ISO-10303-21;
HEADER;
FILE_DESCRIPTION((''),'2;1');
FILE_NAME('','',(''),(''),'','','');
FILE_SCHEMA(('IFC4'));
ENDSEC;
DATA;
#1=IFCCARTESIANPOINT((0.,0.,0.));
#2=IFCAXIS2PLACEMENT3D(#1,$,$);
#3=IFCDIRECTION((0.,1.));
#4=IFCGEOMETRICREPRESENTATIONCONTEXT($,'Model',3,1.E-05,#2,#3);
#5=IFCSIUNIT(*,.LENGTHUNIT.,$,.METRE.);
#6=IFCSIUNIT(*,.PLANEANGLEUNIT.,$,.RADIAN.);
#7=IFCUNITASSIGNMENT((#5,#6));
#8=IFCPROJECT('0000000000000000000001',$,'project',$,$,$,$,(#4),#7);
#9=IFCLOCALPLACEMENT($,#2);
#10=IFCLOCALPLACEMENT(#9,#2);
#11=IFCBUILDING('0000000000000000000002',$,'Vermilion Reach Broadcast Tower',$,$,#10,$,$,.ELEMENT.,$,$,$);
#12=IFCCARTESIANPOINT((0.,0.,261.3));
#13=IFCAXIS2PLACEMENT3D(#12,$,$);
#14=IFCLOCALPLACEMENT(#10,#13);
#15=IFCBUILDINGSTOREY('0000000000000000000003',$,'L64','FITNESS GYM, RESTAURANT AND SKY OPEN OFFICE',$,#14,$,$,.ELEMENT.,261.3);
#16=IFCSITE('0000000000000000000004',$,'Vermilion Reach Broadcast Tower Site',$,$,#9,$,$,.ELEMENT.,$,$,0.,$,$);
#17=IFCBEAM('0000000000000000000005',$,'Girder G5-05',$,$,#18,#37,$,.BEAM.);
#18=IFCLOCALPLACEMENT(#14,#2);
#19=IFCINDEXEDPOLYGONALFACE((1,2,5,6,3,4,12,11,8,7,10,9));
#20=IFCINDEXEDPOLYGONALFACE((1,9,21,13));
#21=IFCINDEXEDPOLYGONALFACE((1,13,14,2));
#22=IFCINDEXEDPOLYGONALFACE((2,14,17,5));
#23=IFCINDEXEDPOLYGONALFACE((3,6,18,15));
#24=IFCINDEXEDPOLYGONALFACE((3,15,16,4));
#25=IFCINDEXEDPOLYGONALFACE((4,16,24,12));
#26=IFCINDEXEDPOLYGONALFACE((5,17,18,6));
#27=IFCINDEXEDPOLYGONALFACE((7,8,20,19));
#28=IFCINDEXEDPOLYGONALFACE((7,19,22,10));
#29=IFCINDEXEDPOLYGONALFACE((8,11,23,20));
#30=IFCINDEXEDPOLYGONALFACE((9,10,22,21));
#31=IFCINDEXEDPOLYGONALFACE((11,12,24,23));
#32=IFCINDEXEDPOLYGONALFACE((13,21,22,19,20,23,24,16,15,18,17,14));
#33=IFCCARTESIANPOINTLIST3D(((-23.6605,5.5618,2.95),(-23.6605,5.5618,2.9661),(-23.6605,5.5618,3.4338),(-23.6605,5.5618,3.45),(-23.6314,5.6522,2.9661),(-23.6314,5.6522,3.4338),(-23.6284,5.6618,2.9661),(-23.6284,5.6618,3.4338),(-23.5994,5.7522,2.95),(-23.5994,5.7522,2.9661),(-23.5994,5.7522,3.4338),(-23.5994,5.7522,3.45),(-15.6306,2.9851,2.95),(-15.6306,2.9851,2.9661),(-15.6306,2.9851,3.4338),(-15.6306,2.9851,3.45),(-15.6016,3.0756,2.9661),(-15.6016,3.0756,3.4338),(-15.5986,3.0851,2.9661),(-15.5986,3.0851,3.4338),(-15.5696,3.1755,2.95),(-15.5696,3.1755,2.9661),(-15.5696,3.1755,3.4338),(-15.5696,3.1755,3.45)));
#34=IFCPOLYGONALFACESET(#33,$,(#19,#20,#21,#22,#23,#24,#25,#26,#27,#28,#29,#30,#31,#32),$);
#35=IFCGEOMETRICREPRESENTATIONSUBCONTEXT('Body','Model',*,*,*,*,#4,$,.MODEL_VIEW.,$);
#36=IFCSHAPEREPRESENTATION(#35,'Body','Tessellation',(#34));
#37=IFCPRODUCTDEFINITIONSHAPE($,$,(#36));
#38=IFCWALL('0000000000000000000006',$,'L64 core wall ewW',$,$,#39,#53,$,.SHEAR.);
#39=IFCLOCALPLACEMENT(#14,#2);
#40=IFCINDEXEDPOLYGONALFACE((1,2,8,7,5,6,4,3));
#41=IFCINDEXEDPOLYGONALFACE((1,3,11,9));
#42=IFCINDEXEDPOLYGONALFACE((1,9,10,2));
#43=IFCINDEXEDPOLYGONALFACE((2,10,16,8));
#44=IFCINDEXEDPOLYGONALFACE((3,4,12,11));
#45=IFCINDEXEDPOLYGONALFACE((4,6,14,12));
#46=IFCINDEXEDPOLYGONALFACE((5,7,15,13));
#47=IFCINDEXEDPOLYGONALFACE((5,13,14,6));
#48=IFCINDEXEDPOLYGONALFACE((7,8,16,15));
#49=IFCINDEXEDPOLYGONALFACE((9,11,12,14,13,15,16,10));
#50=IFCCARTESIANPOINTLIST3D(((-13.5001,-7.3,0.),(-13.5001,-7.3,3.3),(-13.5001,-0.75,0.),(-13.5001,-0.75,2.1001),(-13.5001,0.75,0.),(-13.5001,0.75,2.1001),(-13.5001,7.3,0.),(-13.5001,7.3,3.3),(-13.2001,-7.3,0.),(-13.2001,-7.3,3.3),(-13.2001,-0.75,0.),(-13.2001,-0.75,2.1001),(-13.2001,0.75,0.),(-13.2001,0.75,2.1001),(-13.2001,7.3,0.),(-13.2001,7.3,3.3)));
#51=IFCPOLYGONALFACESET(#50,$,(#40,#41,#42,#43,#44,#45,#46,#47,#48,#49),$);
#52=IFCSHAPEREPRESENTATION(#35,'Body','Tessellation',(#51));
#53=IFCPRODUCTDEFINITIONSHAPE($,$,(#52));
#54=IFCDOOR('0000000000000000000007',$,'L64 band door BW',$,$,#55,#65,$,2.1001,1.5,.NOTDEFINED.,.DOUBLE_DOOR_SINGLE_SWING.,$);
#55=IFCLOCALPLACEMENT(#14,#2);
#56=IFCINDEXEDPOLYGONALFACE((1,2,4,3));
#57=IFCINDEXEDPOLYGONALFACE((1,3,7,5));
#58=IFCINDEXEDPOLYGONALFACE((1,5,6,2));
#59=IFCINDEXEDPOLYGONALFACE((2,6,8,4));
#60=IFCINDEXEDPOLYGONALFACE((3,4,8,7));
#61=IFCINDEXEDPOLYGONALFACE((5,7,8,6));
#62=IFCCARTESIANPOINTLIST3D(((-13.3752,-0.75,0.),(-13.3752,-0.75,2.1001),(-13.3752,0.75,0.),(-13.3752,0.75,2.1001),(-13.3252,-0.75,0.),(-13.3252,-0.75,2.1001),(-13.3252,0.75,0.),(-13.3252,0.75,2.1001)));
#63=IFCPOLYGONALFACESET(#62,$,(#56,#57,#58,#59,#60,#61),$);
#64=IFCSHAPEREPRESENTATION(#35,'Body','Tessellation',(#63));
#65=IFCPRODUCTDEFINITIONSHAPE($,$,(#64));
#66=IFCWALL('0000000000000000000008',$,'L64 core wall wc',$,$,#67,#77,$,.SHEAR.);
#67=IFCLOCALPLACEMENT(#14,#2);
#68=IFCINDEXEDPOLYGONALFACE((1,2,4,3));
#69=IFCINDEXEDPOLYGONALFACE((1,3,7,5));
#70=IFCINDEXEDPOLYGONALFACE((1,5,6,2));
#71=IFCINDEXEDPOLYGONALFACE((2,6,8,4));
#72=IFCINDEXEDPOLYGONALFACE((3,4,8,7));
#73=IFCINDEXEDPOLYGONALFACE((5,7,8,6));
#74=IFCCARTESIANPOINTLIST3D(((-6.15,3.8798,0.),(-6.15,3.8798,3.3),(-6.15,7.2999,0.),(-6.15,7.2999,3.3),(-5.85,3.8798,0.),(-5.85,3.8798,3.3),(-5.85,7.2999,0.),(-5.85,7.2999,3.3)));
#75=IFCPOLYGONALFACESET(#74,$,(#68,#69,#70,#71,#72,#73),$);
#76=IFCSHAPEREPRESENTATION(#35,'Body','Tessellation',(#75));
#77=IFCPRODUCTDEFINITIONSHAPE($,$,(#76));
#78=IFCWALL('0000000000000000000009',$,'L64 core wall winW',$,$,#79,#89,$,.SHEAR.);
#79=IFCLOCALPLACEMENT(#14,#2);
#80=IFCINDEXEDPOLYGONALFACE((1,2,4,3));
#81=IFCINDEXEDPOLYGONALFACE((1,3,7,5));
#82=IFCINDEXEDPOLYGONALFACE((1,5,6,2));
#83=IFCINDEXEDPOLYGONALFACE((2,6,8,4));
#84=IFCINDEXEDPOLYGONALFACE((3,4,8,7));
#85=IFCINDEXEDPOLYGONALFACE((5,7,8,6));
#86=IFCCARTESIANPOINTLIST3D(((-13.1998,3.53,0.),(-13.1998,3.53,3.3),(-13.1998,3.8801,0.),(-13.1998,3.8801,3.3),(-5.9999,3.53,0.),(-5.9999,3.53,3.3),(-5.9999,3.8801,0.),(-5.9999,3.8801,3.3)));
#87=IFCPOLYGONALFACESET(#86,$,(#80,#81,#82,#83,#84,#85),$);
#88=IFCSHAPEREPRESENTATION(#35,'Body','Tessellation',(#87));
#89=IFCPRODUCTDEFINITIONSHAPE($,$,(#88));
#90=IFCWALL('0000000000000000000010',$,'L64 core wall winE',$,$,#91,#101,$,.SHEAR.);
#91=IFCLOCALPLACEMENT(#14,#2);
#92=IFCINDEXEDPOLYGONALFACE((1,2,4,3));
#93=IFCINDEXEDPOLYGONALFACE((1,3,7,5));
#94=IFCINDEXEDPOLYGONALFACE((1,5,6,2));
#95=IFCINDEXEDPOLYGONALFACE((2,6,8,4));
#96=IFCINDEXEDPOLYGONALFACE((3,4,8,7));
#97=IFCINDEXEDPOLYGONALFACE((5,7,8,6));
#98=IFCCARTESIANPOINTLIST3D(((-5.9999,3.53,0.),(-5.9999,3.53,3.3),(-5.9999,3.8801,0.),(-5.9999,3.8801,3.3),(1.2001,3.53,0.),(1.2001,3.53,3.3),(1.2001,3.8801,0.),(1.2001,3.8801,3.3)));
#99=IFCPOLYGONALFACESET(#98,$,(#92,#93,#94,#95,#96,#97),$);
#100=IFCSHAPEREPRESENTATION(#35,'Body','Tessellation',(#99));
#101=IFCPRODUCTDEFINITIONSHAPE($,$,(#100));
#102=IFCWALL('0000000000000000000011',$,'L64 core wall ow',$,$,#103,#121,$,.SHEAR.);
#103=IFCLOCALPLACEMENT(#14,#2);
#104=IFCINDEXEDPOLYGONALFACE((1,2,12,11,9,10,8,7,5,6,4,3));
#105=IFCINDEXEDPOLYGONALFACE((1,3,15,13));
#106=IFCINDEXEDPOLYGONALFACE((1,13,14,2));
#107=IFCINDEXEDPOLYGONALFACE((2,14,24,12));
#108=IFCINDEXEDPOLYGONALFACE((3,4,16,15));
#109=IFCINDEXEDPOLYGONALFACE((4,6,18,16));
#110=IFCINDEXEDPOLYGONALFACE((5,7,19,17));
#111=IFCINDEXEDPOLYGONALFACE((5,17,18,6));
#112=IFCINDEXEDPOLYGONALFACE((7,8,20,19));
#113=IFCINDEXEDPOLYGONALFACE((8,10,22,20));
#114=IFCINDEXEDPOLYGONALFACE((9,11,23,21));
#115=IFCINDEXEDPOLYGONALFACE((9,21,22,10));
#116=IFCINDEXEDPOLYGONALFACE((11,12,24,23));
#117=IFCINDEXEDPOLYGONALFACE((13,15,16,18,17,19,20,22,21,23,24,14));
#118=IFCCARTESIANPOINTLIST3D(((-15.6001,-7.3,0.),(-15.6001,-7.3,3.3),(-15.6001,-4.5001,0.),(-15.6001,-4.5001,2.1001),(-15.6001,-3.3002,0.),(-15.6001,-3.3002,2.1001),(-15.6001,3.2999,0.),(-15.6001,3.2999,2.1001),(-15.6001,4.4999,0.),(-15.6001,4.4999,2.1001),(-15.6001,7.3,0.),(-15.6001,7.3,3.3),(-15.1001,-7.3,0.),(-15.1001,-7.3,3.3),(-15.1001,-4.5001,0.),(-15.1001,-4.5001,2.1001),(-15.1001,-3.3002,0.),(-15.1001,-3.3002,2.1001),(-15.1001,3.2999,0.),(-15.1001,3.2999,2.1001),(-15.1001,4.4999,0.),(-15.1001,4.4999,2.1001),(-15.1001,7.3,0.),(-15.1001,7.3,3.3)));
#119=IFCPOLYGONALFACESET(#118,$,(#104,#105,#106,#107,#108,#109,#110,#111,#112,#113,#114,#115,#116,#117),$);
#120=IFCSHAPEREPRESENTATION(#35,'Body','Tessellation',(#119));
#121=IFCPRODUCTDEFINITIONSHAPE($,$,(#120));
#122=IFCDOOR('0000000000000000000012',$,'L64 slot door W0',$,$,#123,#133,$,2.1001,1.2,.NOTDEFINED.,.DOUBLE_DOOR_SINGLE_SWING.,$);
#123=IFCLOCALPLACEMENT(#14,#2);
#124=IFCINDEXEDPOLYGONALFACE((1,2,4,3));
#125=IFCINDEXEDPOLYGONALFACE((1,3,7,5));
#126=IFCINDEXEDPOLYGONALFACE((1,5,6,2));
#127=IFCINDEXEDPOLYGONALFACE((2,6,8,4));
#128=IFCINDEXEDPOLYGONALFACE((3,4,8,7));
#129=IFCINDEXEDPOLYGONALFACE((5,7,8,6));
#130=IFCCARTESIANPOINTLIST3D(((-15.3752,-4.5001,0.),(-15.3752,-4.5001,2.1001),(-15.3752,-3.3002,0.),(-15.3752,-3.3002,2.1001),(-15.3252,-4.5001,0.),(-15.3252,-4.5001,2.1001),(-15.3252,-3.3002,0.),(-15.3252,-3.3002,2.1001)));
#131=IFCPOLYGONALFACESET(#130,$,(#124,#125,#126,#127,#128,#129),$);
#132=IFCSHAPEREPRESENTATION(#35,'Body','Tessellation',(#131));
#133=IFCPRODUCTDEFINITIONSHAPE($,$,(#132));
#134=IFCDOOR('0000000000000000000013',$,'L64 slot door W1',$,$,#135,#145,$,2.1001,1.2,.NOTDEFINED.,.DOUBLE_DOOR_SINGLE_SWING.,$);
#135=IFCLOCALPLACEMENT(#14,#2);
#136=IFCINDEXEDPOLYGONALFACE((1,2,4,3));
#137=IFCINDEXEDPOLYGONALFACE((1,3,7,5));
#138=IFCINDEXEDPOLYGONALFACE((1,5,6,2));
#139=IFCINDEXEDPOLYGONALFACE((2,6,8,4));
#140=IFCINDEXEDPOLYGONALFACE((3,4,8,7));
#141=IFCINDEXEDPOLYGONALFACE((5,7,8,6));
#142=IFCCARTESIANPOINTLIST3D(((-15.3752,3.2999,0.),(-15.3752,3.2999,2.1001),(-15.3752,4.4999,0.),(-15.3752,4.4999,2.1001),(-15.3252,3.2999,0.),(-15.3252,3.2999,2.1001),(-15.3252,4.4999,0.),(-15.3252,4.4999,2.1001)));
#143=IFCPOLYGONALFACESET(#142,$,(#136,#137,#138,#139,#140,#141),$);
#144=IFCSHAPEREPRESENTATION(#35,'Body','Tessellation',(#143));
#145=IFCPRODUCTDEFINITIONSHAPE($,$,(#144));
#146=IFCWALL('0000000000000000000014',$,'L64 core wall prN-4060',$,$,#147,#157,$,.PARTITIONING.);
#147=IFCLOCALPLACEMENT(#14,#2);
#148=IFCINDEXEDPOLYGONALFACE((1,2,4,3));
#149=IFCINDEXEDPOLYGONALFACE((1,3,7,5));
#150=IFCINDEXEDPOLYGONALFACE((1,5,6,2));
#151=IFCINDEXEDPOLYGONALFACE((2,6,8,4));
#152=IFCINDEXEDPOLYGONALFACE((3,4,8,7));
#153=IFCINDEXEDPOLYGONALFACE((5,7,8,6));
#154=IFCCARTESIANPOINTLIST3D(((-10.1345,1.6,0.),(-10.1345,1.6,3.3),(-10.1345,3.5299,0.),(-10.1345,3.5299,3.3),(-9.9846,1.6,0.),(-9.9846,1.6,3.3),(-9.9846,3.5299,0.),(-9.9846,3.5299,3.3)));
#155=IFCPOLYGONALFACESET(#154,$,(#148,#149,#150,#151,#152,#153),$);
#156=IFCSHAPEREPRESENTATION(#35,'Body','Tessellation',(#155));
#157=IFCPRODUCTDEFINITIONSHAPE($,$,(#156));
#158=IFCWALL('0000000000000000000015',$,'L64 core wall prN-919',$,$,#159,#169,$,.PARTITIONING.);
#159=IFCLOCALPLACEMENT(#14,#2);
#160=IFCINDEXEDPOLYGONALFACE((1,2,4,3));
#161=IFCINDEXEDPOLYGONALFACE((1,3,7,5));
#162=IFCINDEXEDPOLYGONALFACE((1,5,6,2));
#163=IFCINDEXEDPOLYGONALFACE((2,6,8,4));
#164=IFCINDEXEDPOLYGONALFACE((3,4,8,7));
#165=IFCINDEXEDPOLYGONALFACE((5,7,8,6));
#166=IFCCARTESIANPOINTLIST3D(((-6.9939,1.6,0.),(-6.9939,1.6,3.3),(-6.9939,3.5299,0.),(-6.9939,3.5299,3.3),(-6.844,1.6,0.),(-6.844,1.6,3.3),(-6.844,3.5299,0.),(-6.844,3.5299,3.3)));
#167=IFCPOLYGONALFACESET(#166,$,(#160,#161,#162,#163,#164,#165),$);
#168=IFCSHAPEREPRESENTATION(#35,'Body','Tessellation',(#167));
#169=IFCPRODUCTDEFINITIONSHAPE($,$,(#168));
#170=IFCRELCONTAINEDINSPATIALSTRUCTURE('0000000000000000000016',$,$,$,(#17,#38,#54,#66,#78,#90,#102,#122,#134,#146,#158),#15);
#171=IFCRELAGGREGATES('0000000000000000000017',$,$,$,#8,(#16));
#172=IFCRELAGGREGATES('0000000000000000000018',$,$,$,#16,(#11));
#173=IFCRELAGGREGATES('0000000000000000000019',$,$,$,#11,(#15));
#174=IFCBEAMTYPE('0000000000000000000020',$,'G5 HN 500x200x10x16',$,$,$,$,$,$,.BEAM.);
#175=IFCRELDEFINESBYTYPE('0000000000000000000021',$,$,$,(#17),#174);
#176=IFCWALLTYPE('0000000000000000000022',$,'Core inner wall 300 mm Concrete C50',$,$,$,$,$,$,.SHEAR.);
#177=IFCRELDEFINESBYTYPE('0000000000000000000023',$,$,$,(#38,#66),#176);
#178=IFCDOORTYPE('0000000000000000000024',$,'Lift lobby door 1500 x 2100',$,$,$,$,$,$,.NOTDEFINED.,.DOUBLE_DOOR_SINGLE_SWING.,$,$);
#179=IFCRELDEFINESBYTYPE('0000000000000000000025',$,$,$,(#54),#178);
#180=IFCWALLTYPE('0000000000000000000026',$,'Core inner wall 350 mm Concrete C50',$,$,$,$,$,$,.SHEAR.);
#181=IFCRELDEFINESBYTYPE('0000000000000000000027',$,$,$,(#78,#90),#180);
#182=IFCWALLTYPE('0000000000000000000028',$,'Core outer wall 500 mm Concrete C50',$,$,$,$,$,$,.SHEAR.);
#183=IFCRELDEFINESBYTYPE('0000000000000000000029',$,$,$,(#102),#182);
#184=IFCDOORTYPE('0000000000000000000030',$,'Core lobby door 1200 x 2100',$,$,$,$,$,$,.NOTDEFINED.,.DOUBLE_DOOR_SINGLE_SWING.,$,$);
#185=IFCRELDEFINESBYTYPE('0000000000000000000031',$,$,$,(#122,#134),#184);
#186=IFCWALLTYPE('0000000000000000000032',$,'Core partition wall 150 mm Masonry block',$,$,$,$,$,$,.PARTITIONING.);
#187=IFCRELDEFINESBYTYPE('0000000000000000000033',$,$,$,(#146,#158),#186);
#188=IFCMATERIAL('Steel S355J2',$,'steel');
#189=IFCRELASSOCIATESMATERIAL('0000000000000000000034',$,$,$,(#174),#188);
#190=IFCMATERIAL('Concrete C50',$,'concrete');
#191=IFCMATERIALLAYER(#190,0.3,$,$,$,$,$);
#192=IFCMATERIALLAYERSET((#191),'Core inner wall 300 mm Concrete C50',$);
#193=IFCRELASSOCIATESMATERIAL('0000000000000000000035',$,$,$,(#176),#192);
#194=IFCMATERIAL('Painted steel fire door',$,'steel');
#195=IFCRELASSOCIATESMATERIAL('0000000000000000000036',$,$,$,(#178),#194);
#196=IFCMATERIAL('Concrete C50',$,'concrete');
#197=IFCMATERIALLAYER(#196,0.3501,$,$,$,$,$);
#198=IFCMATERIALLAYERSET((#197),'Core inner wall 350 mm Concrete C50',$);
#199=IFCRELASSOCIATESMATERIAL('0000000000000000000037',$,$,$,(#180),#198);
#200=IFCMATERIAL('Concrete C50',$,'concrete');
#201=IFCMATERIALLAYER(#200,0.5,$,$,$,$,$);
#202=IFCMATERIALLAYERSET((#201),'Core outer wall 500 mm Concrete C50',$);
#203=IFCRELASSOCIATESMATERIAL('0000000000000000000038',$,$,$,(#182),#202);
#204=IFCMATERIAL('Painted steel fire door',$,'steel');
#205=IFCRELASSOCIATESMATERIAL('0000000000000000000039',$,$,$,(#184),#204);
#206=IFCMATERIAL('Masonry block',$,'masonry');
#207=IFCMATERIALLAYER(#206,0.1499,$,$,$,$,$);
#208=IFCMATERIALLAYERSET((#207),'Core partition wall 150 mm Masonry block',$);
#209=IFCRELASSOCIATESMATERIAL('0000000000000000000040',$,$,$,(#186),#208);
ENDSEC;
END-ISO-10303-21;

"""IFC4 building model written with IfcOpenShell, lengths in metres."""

from ifc_helpers import new_model, si_unit, direction, frame, frame_2d, origin, origin_2d, place, context, subcontext, project, spatial, rectangle, i_section, extrude, material, layer, layer_set, material_profile, profile_set, type_object, element, fill, save


model = new_model("IFC4")

# Units and contexts
model_context = context("Model", 3, precision=1e-05, world=origin(), true_north=direction((0.0, 1.0)))
body_context = subcontext(model_context, "Body", "Model", "MODEL_VIEW")
ifc_project = project(units=[si_unit("LENGTHUNIT", "METRE"), si_unit("PLANEANGLEUNIT", "RADIAN")], contexts=[model_context])

# Site, building, storey
site_placement = place(None, origin())
site = spatial("IfcSite", under=ifc_project, at=site_placement, Name="Vermilion Reach Broadcast Tower Site", CompositionType="ELEMENT", RefElevation=0.0)
building_placement = place(site_placement, origin())
building = spatial("IfcBuilding", under=site, at=building_placement, Name="Vermilion Reach Broadcast Tower", CompositionType="ELEMENT")
storey_placement = place(building_placement, frame((0.0, 0.0, 261.3)))
storey = spatial("IfcBuildingStorey", under=building, at=storey_placement, Name="L64", Description="FITNESS GYM, RESTAURANT AND SKY OPEN OFFICE", CompositionType="ELEMENT", Elevation=261.3)

# Beam
ifc_material_1 = material(Name="Steel S355J2", Category="steel")
ifc_material_profile = material_profile(ifc_material_1, i_section(OverallWidth=0.2, OverallDepth=0.5, WebThickness=0.01, FlangeThickness=0.0161, at=origin_2d()), Name="S355J2 HN 500x200x10x16")
ifc_profile_set = profile_set([ifc_material_profile], Name="Steel S355J2")
beam_type = type_object("IfcBeamType", Name="G5 HN 500x200x10x16", PredefinedType="BEAM", material=ifc_profile_set)
beam_placement = place(storey_placement, frame((-15.6001, 3.0803, 3.2), z_axis=(-0.952178, 0.305542, 0.0), x_axis=(-0.305542, -0.952178, 0.0)))
element("IfcBeam", 1, at=beam_placement, inside=storey, type_object=beam_type, Name="Girder G5-05", PredefinedType="BEAM", context=body_context, shape_type="SweptSolid", body=[
    extrude(i_section(OverallWidth=0.2, OverallDepth=0.5, WebThickness=0.01, FlangeThickness=0.0161, at=origin_2d()), origin(), (0.0, 0.0, 1.0), 8.4331),
])

# Wall, opening, door
ifc_material_2 = material(Name="Concrete C50", Category="concrete")
ifc_layer_1 = layer(ifc_material_2, 0.3)
ifc_layer_set_1 = layer_set([ifc_layer_1], Name="Core inner wall 300 mm Concrete C50")
wall_type_1 = type_object("IfcWallType", Name="Core inner wall 300 mm Concrete C50", PredefinedType="SHEAR", material=ifc_layer_set_1)
wall_1_placement = place(storey_placement, frame((-13.3501, 7.3, 0.0), z_axis=(0.0, 0.0, 1.0), x_axis=(0.0, -1.0, 0.0)))
wall_1 = element("IfcWall", 2, at=wall_1_placement, inside=storey, type_object=wall_type_1, Name="L64 core wall ewW", PredefinedType="SHEAR", context=body_context, shape_type="SweptSolid", body=[
    extrude(rectangle(XDim=14.6001, YDim=0.3, at=frame_2d((7.3, 0.0))), origin(), (0.0, 0.0, 1.0), 3.3),
])
opening_1_placement = place(wall_1_placement, frame((6.55, 0.0, 0.0)))
opening_1 = element("IfcOpeningElement", 3, at=opening_1_placement, cuts=wall_1, PredefinedType="OPENING", context=body_context, shape_type="SweptSolid", body=[
    extrude(rectangle(XDim=1.5, YDim=2.1001, at=frame_2d((0.75, 1.05))), frame((0.0, 0.1599, 0.0), z_axis=(0.0, -1.0, 0.0), x_axis=(1.0, 0.0, 0.0)), (0.0, 0.0, 1.0), 0.3201),
])
ifc_material_3 = material(Name="Painted steel fire door", Category="steel")
door_type_1 = type_object("IfcDoorType", Name="Lift lobby door 1500 x 2100", OperationType="DOUBLE_DOOR_SINGLE_SWING", PredefinedType="NOTDEFINED", material=ifc_material_3)
door_1_placement = place(opening_1_placement, origin())
door_1 = element("IfcDoor", 4, at=door_1_placement, inside=storey, type_object=door_type_1, Name="L64 band door BW", OperationType="DOUBLE_DOOR_SINGLE_SWING", OverallHeight=2.1001, OverallWidth=1.5, PredefinedType="NOTDEFINED", context=body_context, shape_type="SweptSolid", body=[
    extrude(rectangle(XDim=1.5, YDim=2.1001, at=frame_2d((0.75, 1.05))), frame((0.0, 0.0249, 0.0), z_axis=(0.0, -1.0, 0.0), x_axis=(1.0, 0.0, 0.0)), (0.0, 0.0, 1.0), 0.05),
])
fill(opening_1, door_1)

# Walls
wall_2_placement = place(storey_placement, frame((-6.0, 3.8799, 0.0), z_axis=(0.0, 0.0, 1.0), x_axis=(0.0, 1.0, 0.0)))
element("IfcWall", 5, at=wall_2_placement, inside=storey, type_object=wall_type_1, Name="L64 core wall wc", PredefinedType="SHEAR", context=body_context, shape_type="SweptSolid", body=[
    extrude(rectangle(XDim=3.4202, YDim=0.3, at=frame_2d((1.71, 0.0))), origin(), (0.0, 0.0, 1.0), 3.3),
])
ifc_material_4 = material(Name="Concrete C50", Category="concrete")
ifc_layer_2 = layer(ifc_material_4, 0.3501)
ifc_layer_set_2 = layer_set([ifc_layer_2], Name="Core inner wall 350 mm Concrete C50")
wall_type_2 = type_object("IfcWallType", Name="Core inner wall 350 mm Concrete C50", PredefinedType="SHEAR", material=ifc_layer_set_2)
for number, where, z_axis, x_axis, name in (
    (6, (-13.2, 3.7051, 0.0), (0.0, 0.0, 1.0), (1.0, 0.0, 0.0), "L64 core wall winW"),
    (7, (-6.0, 3.7051, 0.0), (0.0, 0.0, 1.0), (1.0, 0.0, 0.0), "L64 core wall winE"),
):
    element("IfcWall", number, at=place(storey_placement, frame(where, z_axis=z_axis, x_axis=x_axis)), inside=storey, type_object=wall_type_2, Name=name, PredefinedType="SHEAR", context=body_context, shape_type="SweptSolid", body=[
        extrude(rectangle(XDim=7.2, YDim=0.3501, at=frame_2d((3.6001, 0.0))), origin(), (0.0, 0.0, 1.0), 3.3),
    ])

# Wall, openings, doors
ifc_material_5 = material(Name="Concrete C50", Category="concrete")
ifc_layer_3 = layer(ifc_material_5, 0.5)
ifc_layer_set_3 = layer_set([ifc_layer_3], Name="Core outer wall 500 mm Concrete C50")
wall_type_3 = type_object("IfcWallType", Name="Core outer wall 500 mm Concrete C50", PredefinedType="SHEAR", material=ifc_layer_set_3)
wall_3_placement = place(storey_placement, frame((-15.3501, 7.3, 0.0), z_axis=(0.0, 0.0, 1.0), x_axis=(0.0, -1.0, 0.0)))
wall_3 = element("IfcWall", 8, at=wall_3_placement, inside=storey, type_object=wall_type_3, Name="L64 core wall ow", PredefinedType="SHEAR", context=body_context, shape_type="SweptSolid", body=[
    extrude(rectangle(XDim=14.6001, YDim=0.5, at=frame_2d((7.3, 0.0))), origin(), (0.0, 0.0, 1.0), 3.3),
])
opening_2_placement = place(wall_3_placement, frame((10.6001, 0.0, 0.0)))
opening_2 = element("IfcOpeningElement", 9, at=opening_2_placement, cuts=wall_3, PredefinedType="OPENING", context=body_context, shape_type="SweptSolid", body=[
    extrude(rectangle(XDim=1.2, YDim=2.1001, at=frame_2d((0.6001, 1.05))), frame((0.0, 0.26, 0.0), z_axis=(0.0, -1.0, 0.0), x_axis=(1.0, 0.0, 0.0)), (0.0, 0.0, 1.0), 0.52),
])
opening_3_placement = place(wall_3_placement, frame((2.8, 0.0, 0.0)))
opening_3 = element("IfcOpeningElement", 10, at=opening_3_placement, cuts=wall_3, PredefinedType="OPENING", context=body_context, shape_type="SweptSolid", body=[
    extrude(rectangle(XDim=1.2, YDim=2.1001, at=frame_2d((0.6001, 1.05))), frame((0.0, 0.26, 0.0), z_axis=(0.0, -1.0, 0.0), x_axis=(1.0, 0.0, 0.0)), (0.0, 0.0, 1.0), 0.52),
])
ifc_material_6 = material(Name="Painted steel fire door", Category="steel")
door_type_2 = type_object("IfcDoorType", Name="Core lobby door 1200 x 2100", OperationType="DOUBLE_DOOR_SINGLE_SWING", PredefinedType="NOTDEFINED", material=ifc_material_6)
door_2_placement = place(opening_2_placement, origin())
door_2 = element("IfcDoor", 11, at=door_2_placement, inside=storey, type_object=door_type_2, Name="L64 slot door W0", OperationType="DOUBLE_DOOR_SINGLE_SWING", OverallHeight=2.1001, OverallWidth=1.2, PredefinedType="NOTDEFINED", context=body_context, shape_type="SweptSolid", body=[
    extrude(rectangle(XDim=1.2, YDim=2.1001, at=frame_2d((0.6001, 1.05))), frame((0.0, 0.0249, 0.0), z_axis=(0.0, -1.0, 0.0), x_axis=(1.0, 0.0, 0.0)), (0.0, 0.0, 1.0), 0.05),
])
fill(opening_2, door_2)
door_3_placement = place(opening_3_placement, origin())
door_3 = element("IfcDoor", 12, at=door_3_placement, inside=storey, type_object=door_type_2, Name="L64 slot door W1", OperationType="DOUBLE_DOOR_SINGLE_SWING", OverallHeight=2.1001, OverallWidth=1.2, PredefinedType="NOTDEFINED", context=body_context, shape_type="SweptSolid", body=[
    extrude(rectangle(XDim=1.2, YDim=2.1001, at=frame_2d((0.6001, 1.05))), frame((0.0, 0.0249, 0.0), z_axis=(0.0, -1.0, 0.0), x_axis=(1.0, 0.0, 0.0)), (0.0, 0.0, 1.0), 0.05),
])
fill(opening_3, door_3)

# Walls
ifc_material_7 = material(Name="Masonry block", Category="masonry")
ifc_layer_4 = layer(ifc_material_7, 0.1499)
ifc_layer_set_4 = layer_set([ifc_layer_4], Name="Core partition wall 150 mm Masonry block")
wall_type_4 = type_object("IfcWallType", Name="Core partition wall 150 mm Masonry block", PredefinedType="PARTITIONING", material=ifc_layer_set_4)
for number, where, z_axis, x_axis, name in (
    (13, (-10.0596, 1.6001, 0.0), (0.0, 0.0, 1.0), (0.0, 1.0, 0.0), "L64 core wall prN-4060"),
    (14, (-6.9189, 1.6001, 0.0), (0.0, 0.0, 1.0), (0.0, 1.0, 0.0), "L64 core wall prN-919"),
):
    element("IfcWall", number, at=place(storey_placement, frame(where, z_axis=z_axis, x_axis=x_axis)), inside=storey, type_object=wall_type_4, Name=name, PredefinedType="PARTITIONING", context=body_context, shape_type="SweptSolid", body=[
        extrude(rectangle(XDim=1.9299, YDim=0.1499, at=frame_2d((0.9648, 0.0))), origin(), (0.0, 0.0, 1.0), 3.3),
    ])

save(model, "model.ifc")
